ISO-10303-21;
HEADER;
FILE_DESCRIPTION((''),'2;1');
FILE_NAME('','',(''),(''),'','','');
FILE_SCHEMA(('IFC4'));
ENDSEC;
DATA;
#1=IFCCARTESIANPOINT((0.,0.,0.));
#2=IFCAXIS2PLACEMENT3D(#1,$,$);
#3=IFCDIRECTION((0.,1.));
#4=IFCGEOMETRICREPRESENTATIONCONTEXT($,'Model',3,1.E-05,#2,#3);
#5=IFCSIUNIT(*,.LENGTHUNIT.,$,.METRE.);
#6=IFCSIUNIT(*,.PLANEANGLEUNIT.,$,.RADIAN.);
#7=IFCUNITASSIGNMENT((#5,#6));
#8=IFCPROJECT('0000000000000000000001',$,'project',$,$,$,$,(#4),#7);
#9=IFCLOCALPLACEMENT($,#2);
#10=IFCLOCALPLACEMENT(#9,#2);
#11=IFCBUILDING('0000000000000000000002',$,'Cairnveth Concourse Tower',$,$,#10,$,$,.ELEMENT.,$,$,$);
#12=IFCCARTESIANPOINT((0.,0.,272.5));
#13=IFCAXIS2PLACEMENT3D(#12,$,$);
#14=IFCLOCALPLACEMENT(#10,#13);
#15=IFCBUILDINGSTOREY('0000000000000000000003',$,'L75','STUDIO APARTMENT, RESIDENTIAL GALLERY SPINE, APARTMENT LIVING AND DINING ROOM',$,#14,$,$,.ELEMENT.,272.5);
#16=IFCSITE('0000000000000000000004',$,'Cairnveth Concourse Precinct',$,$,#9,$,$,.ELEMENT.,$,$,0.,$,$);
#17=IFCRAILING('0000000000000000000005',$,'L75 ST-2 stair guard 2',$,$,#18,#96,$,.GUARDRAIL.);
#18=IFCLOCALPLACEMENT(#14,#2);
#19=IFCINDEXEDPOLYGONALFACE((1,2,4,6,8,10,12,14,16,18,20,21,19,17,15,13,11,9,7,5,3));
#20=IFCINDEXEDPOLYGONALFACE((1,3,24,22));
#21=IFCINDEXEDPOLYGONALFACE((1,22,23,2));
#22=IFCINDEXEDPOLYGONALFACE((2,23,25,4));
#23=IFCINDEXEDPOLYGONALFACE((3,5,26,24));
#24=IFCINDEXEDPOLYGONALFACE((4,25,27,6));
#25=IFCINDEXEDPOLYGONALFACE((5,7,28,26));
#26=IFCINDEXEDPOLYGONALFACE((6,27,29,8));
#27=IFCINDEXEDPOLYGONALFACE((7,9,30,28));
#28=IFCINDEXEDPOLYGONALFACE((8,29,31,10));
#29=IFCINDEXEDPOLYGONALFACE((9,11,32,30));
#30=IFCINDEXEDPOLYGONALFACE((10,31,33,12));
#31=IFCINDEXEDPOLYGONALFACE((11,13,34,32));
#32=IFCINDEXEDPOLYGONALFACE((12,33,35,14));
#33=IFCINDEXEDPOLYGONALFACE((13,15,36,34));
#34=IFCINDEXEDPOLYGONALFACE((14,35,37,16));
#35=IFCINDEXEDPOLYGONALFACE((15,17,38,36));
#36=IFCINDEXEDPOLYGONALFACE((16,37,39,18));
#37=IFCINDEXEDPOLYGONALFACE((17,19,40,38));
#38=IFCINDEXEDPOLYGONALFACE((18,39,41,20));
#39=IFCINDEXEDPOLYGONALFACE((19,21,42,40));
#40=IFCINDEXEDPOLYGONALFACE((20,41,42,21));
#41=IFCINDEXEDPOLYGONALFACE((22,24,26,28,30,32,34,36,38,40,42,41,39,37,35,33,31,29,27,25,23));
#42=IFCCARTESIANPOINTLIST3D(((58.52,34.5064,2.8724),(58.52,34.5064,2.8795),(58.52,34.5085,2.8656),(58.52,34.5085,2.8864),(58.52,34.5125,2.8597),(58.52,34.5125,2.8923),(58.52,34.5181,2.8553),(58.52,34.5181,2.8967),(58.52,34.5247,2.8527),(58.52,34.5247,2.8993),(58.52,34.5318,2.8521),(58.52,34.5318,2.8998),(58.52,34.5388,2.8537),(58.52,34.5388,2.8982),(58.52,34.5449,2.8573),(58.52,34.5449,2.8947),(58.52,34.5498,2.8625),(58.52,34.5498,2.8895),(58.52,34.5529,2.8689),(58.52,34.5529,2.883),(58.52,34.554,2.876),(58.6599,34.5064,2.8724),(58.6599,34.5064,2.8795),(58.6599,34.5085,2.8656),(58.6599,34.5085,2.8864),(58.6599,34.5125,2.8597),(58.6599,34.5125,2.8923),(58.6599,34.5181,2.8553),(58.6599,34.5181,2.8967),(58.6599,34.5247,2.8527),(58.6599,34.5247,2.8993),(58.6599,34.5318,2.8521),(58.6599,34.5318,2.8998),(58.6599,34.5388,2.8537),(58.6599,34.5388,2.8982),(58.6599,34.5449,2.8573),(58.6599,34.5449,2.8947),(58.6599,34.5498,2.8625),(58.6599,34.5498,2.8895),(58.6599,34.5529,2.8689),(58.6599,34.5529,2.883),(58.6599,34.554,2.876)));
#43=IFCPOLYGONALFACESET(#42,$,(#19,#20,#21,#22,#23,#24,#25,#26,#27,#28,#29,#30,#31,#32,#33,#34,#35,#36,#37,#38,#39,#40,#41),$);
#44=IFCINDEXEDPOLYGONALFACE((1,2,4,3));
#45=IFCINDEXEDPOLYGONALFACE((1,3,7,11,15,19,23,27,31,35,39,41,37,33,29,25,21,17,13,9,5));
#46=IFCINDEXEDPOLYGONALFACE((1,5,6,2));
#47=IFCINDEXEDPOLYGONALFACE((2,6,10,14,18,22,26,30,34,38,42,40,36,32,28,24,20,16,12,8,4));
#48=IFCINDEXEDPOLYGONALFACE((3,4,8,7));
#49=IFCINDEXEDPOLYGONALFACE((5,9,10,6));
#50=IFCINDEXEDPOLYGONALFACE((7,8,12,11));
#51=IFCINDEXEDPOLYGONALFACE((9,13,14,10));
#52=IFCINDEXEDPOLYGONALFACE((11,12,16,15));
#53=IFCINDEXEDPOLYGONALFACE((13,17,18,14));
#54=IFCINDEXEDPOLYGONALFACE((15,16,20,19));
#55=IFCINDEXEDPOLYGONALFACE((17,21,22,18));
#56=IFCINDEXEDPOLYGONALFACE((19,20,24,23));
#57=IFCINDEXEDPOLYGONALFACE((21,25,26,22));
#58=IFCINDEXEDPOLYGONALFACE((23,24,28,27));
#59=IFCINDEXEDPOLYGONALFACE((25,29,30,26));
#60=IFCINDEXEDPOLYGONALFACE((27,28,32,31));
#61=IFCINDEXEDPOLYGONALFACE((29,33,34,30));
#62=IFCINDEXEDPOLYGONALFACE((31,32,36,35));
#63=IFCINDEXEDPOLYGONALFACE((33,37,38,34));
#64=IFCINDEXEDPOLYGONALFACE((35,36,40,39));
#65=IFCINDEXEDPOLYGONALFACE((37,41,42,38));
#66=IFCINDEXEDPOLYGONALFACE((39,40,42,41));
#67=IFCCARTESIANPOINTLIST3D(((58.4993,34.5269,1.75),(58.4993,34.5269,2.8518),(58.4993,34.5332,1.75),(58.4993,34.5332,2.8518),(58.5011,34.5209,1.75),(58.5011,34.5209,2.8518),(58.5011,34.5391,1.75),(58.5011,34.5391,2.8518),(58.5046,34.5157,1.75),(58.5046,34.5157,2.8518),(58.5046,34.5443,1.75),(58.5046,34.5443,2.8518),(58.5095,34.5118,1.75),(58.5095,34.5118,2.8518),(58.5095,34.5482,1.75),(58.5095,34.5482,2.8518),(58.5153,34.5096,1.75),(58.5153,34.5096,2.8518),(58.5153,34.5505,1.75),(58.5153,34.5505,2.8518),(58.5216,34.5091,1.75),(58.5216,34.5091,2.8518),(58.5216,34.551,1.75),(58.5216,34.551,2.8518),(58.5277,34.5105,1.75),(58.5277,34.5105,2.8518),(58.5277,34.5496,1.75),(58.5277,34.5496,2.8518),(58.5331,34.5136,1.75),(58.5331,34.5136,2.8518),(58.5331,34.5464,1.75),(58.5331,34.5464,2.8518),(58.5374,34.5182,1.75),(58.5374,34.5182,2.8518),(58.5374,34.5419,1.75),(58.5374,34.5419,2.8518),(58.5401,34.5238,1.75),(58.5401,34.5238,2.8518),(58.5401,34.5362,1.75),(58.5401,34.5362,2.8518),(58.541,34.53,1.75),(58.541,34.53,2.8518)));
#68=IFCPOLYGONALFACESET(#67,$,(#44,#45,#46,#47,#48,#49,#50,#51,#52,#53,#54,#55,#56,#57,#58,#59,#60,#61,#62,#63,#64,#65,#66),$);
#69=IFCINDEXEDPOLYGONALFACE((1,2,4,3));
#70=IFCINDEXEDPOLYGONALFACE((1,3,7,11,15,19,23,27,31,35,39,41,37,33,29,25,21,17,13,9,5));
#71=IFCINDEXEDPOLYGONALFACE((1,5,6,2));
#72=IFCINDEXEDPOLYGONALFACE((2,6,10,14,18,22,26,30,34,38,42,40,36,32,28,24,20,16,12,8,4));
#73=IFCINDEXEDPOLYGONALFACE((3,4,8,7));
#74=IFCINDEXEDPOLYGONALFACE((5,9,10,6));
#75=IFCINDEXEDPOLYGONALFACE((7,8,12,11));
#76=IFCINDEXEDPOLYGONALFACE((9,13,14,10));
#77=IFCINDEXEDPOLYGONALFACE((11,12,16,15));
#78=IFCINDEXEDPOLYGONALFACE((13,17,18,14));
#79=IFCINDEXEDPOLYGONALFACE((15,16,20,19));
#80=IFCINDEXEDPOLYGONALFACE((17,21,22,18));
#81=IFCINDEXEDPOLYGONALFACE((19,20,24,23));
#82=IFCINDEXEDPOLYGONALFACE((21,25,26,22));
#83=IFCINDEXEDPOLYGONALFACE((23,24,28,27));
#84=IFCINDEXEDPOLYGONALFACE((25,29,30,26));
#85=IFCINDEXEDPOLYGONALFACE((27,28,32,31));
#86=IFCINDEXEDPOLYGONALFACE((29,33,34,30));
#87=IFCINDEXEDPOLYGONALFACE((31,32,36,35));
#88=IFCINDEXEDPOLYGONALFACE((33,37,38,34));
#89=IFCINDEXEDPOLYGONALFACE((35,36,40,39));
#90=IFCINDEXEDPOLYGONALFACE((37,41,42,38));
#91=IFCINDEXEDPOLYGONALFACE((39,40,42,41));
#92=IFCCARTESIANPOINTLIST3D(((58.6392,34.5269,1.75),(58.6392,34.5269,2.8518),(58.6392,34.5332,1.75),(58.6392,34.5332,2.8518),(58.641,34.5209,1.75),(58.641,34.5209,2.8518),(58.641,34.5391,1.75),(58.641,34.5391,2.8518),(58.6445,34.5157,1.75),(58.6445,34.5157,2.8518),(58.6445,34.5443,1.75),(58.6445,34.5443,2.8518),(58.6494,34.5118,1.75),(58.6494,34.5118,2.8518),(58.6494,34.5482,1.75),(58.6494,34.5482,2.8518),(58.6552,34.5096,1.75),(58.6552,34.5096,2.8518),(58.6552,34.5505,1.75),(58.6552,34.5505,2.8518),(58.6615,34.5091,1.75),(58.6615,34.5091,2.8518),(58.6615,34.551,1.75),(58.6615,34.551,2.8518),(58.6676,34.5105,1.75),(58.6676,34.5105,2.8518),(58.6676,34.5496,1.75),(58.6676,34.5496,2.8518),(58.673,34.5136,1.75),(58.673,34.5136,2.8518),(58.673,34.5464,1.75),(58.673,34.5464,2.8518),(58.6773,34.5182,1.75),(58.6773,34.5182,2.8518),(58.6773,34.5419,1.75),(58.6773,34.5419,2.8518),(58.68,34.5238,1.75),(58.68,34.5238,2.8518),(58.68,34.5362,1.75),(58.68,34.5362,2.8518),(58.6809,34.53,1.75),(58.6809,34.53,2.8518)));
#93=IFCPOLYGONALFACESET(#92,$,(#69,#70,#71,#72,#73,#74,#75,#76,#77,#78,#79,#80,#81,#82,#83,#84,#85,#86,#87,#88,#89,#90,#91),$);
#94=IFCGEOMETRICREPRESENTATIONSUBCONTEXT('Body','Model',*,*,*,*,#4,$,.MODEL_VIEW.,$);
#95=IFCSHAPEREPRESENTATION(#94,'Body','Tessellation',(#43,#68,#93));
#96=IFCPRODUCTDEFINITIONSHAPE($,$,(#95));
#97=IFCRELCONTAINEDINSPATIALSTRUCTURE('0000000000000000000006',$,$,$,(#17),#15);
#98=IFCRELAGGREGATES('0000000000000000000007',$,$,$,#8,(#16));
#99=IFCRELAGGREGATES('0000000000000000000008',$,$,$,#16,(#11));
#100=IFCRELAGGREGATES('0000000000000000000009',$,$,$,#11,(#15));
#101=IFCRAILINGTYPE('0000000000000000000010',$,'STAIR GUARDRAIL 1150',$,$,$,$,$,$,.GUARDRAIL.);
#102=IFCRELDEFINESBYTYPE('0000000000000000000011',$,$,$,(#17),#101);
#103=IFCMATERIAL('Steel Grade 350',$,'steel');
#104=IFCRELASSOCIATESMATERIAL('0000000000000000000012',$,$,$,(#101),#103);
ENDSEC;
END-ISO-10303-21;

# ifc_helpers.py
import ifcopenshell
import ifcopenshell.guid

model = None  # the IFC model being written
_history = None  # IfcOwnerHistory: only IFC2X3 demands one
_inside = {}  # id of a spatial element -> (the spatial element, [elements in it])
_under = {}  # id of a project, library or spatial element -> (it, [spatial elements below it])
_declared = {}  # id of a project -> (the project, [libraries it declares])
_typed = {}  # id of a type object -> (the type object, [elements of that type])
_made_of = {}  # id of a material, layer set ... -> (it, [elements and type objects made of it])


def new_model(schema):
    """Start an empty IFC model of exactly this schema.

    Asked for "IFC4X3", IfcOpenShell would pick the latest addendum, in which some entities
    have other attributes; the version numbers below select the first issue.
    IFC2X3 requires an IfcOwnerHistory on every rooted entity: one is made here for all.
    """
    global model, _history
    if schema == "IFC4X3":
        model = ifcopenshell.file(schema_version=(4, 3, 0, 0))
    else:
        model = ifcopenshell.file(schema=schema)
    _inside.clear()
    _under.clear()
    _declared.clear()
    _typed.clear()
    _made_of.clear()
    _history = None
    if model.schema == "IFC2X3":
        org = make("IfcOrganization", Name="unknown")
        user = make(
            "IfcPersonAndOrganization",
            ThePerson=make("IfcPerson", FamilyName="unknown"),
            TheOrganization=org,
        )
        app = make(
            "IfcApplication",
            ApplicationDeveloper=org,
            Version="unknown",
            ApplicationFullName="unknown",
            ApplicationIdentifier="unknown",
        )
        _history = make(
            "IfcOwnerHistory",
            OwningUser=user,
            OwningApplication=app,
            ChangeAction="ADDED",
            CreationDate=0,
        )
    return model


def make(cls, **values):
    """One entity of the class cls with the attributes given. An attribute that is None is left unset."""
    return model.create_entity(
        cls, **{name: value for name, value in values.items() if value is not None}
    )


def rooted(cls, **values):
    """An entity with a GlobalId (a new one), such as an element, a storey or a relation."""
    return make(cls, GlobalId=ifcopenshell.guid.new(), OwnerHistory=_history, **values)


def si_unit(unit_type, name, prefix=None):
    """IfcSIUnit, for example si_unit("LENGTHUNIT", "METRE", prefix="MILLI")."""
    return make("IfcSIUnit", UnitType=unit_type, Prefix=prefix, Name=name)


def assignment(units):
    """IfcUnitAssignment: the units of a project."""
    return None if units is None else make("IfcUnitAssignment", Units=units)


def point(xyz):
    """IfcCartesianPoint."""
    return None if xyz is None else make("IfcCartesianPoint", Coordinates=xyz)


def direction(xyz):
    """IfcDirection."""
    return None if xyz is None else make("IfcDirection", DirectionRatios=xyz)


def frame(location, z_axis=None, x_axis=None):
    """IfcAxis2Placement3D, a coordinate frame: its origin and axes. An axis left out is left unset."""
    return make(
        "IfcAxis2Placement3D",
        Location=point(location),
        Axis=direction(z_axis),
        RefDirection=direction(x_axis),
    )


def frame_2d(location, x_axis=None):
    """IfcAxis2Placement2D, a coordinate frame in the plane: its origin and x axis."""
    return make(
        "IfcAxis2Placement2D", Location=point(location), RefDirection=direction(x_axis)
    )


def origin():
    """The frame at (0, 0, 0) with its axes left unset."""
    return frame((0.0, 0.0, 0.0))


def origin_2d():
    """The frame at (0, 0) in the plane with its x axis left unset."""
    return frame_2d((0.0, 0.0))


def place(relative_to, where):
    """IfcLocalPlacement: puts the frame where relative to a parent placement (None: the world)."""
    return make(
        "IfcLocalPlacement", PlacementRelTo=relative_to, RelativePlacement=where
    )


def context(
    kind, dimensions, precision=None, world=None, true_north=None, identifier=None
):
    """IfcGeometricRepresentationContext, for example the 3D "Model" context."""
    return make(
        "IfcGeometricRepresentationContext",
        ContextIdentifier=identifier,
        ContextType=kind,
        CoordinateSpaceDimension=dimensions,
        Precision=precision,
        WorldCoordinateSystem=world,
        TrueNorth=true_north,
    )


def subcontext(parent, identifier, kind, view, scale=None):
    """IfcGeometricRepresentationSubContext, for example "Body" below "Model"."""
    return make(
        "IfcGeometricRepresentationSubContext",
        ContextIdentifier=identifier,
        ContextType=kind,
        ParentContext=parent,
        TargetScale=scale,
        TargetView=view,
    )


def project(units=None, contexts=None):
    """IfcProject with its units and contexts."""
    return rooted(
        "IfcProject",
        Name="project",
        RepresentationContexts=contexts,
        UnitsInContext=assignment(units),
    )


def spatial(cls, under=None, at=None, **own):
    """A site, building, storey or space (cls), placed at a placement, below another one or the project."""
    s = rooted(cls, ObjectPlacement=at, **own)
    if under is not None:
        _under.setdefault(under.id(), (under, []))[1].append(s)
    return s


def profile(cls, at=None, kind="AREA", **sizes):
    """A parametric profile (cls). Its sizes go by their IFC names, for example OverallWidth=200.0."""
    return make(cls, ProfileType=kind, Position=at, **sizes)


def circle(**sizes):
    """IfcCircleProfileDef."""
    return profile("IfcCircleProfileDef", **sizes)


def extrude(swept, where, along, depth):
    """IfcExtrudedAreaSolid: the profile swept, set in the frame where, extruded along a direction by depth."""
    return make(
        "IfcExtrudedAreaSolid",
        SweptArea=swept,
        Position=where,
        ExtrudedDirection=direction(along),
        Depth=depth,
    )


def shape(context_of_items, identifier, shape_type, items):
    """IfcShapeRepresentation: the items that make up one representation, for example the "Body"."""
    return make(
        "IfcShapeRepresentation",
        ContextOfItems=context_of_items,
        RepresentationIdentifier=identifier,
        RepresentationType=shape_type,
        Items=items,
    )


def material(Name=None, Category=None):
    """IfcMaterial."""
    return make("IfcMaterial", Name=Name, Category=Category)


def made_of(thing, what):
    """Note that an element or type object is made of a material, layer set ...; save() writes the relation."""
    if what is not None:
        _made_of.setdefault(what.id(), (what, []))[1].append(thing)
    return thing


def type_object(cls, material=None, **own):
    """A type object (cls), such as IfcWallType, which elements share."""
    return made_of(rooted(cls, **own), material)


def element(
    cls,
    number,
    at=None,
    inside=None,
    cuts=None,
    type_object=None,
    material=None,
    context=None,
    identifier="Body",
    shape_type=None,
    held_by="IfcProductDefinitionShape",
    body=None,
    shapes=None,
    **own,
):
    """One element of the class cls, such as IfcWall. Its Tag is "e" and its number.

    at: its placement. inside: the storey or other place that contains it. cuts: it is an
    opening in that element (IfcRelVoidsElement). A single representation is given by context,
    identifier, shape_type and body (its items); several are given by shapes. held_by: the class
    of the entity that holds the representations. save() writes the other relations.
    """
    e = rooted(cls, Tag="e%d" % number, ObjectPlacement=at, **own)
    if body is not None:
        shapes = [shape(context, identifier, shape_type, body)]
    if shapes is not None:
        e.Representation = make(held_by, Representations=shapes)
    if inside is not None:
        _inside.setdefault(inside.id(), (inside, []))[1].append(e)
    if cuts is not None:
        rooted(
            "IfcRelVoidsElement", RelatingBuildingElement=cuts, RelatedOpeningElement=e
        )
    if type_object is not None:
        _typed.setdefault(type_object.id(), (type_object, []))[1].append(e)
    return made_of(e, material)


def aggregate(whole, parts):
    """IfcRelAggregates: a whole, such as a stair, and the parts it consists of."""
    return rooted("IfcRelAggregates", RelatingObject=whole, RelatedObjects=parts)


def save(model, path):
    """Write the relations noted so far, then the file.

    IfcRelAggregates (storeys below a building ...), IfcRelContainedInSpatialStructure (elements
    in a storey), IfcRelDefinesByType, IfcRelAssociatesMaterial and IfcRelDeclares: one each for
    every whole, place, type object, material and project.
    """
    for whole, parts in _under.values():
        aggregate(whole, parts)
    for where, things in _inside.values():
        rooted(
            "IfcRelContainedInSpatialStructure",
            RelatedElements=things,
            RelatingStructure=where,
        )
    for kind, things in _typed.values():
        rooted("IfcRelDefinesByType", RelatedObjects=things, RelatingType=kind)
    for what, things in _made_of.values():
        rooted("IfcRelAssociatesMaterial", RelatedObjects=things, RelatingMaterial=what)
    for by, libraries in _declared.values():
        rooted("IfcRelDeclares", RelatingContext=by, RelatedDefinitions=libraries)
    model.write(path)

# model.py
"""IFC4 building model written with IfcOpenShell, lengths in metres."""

from ifc_helpers import new_model, si_unit, direction, frame, origin, origin_2d, place, context, subcontext, project, spatial, circle, extrude, material, type_object, element, save


model = new_model("IFC4")

# Units and contexts
model_context = context("Model", 3, precision=1e-05, world=origin(), true_north=direction((0.0, 1.0)))
body_context = subcontext(model_context, "Body", "Model", "MODEL_VIEW")
ifc_project = project(units=[si_unit("LENGTHUNIT", "METRE"), si_unit("PLANEANGLEUNIT", "RADIAN")], contexts=[model_context])

# Site, building, storey
site_placement = place(None, origin())
site = spatial("IfcSite", under=ifc_project, at=site_placement, Name="Cairnveth Concourse Precinct", CompositionType="ELEMENT", RefElevation=0.0)
building_placement = place(site_placement, origin())
building = spatial("IfcBuilding", under=site, at=building_placement, Name="Cairnveth Concourse Tower", CompositionType="ELEMENT")
storey_placement = place(building_placement, frame((0.0, 0.0, 272.5)))
storey = spatial("IfcBuildingStorey", under=building, at=storey_placement, Name="L75", Description="STUDIO APARTMENT, RESIDENTIAL GALLERY SPINE, APARTMENT LIVING AND DINING ROOM", CompositionType="ELEMENT", Elevation=272.5)

# Shared definitions
ifc_material_1 = material(Name="Steel Grade 350", Category="steel")

# Railing
railing_type_1 = type_object("IfcRailingType", Name="STAIR GUARDRAIL 1150", PredefinedType="GUARDRAIL", material=ifc_material_1)
railing_1_placement = place(storey_placement, frame((58.52, 34.53, 1.75)))
element("IfcRailing", 1, at=railing_1_placement, inside=storey, type_object=railing_type_1, Name="L75 ST-2 stair guard 2", PredefinedType="GUARDRAIL", context=body_context, shape_type="SweptSolid", body=[
    extrude(circle(Radius=0.0239, at=origin_2d()), frame((0.0, 0.0, 1.126), z_axis=(1.0, 0.0, 0.0), x_axis=(0.0, 1.0, 0.0)), (0.0, 0.0, 1.0), 0.1399),
    extrude(circle(Radius=0.021, at=origin_2d()), origin(), (0.0, 0.0, 1.0), 1.1018),
    extrude(circle(Radius=0.021, at=origin_2d()), frame((0.1399, 0.0, 0.0)), (0.0, 0.0, 1.0), 1.1018),
])

save(model, "model.ifc")
